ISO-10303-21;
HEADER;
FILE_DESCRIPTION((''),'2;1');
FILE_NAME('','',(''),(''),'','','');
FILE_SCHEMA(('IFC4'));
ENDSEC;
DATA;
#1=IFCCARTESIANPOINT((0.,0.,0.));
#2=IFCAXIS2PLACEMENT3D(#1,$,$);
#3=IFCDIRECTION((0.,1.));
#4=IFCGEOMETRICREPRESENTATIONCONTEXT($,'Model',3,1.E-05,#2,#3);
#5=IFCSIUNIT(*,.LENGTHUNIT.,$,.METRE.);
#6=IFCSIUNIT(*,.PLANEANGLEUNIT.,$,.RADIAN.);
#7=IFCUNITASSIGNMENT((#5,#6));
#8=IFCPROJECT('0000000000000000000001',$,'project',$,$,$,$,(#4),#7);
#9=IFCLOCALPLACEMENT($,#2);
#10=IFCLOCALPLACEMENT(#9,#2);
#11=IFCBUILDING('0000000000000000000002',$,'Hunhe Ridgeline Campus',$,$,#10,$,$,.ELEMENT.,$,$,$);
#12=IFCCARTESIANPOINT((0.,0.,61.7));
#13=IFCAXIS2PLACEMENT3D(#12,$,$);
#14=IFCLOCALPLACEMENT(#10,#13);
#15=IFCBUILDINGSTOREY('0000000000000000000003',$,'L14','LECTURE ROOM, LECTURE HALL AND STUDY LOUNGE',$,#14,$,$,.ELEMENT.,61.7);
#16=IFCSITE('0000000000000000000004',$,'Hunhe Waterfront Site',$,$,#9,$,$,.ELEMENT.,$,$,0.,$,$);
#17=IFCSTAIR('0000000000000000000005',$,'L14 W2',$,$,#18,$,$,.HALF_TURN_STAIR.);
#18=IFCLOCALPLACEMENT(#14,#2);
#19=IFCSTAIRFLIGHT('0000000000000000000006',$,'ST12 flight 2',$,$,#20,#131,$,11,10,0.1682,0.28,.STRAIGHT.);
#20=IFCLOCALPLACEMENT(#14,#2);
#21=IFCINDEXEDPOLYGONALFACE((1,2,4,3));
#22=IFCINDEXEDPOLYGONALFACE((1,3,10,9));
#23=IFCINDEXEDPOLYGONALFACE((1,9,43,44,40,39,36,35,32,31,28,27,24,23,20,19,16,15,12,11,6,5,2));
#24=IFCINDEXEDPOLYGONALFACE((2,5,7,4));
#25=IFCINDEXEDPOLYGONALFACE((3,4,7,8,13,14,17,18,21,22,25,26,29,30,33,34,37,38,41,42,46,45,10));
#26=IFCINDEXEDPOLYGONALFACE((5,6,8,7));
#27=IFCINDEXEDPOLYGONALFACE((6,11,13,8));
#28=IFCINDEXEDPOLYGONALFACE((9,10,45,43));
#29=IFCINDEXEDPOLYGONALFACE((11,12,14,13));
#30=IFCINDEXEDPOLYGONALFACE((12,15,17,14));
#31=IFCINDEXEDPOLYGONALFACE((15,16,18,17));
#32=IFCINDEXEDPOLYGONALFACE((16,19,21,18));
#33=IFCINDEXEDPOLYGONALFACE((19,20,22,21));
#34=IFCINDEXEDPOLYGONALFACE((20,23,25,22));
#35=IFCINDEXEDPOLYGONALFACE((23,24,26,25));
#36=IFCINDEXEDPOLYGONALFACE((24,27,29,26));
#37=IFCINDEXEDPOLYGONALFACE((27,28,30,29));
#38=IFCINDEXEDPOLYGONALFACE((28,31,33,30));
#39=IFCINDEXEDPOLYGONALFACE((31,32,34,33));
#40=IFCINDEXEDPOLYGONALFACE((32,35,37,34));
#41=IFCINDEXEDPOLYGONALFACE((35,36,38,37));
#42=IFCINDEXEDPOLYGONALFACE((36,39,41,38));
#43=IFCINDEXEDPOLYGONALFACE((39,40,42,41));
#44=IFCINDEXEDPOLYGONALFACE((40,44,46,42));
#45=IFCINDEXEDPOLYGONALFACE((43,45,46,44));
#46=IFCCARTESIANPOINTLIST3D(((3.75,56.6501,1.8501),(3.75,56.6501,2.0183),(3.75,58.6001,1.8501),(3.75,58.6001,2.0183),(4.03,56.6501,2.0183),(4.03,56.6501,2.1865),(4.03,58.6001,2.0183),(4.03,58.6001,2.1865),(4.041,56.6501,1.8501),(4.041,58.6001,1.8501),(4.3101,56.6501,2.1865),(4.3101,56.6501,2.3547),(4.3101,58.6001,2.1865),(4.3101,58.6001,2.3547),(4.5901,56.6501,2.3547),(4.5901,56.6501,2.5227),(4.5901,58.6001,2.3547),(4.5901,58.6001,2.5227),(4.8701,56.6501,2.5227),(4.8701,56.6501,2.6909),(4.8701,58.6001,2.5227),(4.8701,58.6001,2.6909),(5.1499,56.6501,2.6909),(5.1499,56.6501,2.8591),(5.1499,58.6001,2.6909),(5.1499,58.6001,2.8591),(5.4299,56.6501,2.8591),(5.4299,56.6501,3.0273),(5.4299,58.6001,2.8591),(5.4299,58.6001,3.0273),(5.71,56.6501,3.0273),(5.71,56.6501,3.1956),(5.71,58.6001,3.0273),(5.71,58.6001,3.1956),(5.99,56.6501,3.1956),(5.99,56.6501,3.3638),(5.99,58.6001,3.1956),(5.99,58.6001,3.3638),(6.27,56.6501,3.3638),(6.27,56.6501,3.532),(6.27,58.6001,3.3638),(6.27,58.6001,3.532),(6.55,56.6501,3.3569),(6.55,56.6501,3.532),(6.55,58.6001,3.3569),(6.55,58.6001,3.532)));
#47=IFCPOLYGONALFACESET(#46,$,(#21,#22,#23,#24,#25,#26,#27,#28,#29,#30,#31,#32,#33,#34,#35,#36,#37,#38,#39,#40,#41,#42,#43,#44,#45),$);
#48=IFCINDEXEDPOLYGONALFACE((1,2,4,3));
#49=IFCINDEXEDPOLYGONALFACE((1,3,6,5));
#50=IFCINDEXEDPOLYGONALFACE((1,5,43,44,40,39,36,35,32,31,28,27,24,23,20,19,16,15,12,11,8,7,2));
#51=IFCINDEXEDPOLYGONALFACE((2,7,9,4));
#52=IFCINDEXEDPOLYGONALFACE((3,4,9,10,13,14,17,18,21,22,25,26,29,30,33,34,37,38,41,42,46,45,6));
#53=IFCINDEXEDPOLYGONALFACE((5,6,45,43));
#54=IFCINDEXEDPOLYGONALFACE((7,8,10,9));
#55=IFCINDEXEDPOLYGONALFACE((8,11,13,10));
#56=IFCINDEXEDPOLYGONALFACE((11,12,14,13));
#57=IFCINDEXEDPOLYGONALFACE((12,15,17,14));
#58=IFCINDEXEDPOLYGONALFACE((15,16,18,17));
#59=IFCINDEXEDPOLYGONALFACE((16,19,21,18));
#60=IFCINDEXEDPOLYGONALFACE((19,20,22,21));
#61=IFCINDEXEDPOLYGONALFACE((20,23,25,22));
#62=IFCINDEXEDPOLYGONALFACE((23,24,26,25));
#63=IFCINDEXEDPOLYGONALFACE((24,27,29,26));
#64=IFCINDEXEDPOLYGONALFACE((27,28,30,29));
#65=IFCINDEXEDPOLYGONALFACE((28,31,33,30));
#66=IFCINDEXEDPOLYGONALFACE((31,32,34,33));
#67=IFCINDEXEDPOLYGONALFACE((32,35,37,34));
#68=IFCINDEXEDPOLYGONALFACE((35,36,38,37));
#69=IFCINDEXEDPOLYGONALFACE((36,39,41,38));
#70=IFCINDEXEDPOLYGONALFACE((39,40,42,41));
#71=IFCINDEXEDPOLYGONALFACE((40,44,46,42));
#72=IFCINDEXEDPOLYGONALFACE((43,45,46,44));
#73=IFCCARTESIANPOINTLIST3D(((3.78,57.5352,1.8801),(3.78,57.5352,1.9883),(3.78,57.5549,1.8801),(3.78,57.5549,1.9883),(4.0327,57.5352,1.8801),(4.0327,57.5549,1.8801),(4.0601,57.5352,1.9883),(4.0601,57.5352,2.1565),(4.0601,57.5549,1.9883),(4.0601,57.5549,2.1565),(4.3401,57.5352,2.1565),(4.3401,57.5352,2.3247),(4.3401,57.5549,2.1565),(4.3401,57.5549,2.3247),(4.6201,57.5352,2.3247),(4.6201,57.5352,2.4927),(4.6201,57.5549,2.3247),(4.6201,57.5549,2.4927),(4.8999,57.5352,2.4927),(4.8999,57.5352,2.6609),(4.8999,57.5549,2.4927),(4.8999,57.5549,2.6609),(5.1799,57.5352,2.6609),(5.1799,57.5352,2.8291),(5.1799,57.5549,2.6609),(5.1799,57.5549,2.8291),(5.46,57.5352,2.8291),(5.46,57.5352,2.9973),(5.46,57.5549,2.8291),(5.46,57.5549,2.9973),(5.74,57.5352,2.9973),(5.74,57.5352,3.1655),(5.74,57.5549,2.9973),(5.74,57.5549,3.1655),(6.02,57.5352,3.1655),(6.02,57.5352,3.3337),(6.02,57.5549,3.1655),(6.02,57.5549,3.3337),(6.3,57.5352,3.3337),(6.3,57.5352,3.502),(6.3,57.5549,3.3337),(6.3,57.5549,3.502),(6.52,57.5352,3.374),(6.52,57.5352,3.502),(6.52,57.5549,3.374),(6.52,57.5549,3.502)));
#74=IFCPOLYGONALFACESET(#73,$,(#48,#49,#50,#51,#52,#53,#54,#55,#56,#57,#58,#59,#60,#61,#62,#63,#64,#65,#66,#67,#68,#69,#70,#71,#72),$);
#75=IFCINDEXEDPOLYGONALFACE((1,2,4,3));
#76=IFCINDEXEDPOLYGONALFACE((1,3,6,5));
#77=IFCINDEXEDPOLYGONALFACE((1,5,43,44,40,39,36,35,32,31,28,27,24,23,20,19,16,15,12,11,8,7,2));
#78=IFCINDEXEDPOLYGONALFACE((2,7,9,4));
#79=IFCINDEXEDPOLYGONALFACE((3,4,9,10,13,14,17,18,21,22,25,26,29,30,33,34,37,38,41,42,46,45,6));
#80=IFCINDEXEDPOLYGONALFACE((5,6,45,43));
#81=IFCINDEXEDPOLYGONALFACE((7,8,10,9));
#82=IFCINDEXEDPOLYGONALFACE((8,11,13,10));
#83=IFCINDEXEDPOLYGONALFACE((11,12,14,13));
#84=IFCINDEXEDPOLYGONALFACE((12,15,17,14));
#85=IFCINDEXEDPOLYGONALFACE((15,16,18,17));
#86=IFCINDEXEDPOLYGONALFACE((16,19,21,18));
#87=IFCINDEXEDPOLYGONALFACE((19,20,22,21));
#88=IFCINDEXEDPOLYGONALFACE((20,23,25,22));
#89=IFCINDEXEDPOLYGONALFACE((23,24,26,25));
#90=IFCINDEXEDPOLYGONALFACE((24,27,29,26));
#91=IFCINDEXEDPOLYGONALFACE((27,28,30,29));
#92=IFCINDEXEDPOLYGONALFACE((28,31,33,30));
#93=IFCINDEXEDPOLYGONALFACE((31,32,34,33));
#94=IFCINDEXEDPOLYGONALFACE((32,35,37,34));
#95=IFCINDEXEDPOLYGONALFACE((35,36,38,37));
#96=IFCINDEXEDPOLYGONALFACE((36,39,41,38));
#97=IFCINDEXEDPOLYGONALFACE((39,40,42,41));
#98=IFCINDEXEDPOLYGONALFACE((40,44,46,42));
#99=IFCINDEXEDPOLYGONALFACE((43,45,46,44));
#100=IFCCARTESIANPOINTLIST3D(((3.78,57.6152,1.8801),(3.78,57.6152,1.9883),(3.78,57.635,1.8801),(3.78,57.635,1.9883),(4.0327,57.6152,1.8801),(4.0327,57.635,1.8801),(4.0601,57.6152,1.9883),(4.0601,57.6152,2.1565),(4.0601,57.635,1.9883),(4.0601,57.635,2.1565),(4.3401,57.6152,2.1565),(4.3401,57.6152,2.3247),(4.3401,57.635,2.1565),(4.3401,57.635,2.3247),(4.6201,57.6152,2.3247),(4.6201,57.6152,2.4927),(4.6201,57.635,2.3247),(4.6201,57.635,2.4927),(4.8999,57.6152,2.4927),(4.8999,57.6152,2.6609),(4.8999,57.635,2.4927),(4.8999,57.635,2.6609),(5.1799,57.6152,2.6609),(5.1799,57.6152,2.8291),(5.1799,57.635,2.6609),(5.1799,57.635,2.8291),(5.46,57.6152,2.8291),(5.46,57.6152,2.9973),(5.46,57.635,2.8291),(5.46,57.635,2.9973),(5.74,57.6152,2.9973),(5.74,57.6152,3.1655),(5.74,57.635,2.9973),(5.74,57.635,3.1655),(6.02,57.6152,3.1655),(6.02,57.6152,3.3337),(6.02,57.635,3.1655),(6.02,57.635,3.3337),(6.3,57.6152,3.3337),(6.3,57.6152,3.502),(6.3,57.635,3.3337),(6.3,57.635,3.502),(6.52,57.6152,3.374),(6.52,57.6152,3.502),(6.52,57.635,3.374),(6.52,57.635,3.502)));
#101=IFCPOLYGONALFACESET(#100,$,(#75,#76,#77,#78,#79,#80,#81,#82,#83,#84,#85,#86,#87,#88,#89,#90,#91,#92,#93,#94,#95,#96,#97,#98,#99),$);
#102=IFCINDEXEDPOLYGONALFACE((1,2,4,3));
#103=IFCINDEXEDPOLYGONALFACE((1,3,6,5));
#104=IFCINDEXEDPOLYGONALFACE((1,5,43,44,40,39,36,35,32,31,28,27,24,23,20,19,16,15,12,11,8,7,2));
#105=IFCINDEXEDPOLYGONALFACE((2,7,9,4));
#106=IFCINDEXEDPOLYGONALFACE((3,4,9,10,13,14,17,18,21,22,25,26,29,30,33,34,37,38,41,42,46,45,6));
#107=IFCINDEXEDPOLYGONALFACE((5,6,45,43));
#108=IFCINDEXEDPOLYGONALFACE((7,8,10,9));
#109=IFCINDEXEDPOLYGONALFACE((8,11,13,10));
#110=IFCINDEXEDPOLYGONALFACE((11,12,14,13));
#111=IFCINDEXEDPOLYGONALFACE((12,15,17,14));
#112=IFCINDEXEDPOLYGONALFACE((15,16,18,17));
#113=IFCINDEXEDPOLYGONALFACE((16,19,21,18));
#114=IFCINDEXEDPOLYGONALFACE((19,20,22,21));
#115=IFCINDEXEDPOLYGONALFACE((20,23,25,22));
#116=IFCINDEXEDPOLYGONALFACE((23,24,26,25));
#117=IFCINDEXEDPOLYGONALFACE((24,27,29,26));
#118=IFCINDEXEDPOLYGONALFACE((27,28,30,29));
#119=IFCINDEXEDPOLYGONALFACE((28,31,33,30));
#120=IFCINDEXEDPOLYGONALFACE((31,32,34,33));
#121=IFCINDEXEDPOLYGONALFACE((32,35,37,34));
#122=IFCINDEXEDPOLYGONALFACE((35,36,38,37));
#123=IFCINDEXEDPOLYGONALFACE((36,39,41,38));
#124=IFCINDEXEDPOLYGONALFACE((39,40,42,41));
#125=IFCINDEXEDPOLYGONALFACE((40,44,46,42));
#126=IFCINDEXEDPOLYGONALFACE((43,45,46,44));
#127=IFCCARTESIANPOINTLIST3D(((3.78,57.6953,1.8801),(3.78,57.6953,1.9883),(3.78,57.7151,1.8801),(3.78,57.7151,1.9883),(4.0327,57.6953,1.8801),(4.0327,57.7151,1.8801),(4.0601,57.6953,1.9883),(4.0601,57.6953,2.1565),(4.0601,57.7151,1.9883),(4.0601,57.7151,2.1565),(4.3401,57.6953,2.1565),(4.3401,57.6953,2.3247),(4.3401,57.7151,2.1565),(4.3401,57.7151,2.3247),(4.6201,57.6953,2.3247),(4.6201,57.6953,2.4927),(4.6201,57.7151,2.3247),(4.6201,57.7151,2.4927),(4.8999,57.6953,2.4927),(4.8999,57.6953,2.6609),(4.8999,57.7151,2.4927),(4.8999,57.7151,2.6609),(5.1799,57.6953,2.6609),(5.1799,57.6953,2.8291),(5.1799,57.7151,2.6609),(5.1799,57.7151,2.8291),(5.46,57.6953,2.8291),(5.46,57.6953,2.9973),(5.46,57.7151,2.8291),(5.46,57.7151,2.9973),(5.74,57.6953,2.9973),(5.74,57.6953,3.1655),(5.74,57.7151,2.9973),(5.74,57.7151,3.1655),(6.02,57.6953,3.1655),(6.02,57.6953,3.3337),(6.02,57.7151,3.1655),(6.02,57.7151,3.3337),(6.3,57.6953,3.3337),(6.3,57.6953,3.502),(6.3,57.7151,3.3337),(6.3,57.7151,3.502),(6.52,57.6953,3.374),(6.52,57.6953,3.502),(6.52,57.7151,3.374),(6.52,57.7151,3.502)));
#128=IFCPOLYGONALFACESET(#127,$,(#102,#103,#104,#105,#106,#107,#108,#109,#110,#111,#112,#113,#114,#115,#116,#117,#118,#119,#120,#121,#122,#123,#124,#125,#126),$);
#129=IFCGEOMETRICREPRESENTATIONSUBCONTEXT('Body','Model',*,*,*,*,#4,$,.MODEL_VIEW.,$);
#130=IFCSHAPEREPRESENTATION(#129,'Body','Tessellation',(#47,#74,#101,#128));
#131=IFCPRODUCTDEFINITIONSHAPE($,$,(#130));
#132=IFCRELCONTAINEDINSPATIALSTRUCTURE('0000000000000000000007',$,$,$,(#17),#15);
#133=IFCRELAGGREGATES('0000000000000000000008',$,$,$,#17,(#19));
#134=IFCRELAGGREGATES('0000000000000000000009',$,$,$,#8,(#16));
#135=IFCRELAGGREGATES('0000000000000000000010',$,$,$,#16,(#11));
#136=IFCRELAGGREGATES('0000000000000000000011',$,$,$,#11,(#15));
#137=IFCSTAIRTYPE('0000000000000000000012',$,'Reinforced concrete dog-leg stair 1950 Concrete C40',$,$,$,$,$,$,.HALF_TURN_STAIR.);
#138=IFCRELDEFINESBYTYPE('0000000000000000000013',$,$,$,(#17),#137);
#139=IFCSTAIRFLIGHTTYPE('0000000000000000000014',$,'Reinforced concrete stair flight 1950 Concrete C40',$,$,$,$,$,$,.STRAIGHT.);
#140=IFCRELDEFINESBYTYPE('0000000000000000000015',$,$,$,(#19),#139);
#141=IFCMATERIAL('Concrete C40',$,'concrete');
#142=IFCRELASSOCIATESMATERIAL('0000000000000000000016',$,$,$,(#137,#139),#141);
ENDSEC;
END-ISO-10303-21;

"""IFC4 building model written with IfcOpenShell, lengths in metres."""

from ifc_helpers import new_model, si_unit, direction, frame, origin, place, context, subcontext, project, spatial, polyline, outline, extrude, material, type_object, element, aggregate, save


model = new_model("IFC4")

# Units and contexts
model_context = context("Model", 3, precision=1e-05, world=origin(), true_north=direction((0.0, 1.0)))
body_context = subcontext(model_context, "Body", "Model", "MODEL_VIEW")
ifc_project = project(units=[si_unit("LENGTHUNIT", "METRE"), si_unit("PLANEANGLEUNIT", "RADIAN")], contexts=[model_context])

# Site, building, storey
site_placement = place(None, origin())
site = spatial("IfcSite", under=ifc_project, at=site_placement, Name="Hunhe Waterfront Site", CompositionType="ELEMENT", RefElevation=0.0)
building_placement = place(site_placement, origin())
building = spatial("IfcBuilding", under=site, at=building_placement, Name="Hunhe Ridgeline Campus", CompositionType="ELEMENT")
storey_placement = place(building_placement, frame((0.0, 0.0, 61.7)))
storey = spatial("IfcBuildingStorey", under=building, at=storey_placement, Name="L14", Description="LECTURE ROOM, LECTURE HALL AND STUDY LOUNGE", CompositionType="ELEMENT", Elevation=61.7)

# Stair, stair flight
ifc_material_1 = material(Name="Concrete C40", Category="concrete")
stair_type = type_object("IfcStairType", Name="Reinforced concrete dog-leg stair 1950 Concrete C40", PredefinedType="HALF_TURN_STAIR", material=ifc_material_1)
stair_placement = place(storey_placement, origin())
stair = element("IfcStair", 1, at=stair_placement, inside=storey, type_object=stair_type, Name="L14 W2", PredefinedType="HALF_TURN_STAIR")
stair_flight_type = type_object("IfcStairFlightType", Name="Reinforced concrete stair flight 1950 Concrete C40", PredefinedType="STRAIGHT", material=ifc_material_1)
stair_flight_1_placement = place(storey_placement, frame((3.75, 57.625, 1.8501), z_axis=(0.0, 0.0, 1.0), x_axis=(1.0, 0.0, 0.0)))
stair_flight_1 = element("IfcStairFlight", 2, at=stair_flight_1_placement, type_object=stair_flight_type, Name="ST12 flight 2", NumberOfRisers=11, NumberOfTreads=10, PredefinedType="STRAIGHT", RiserHeight=0.1682, TreadLength=0.28, context=body_context, shape_type="SweptSolid", body=[
    extrude(outline(polyline([(0.0, 0.0), (0.0, 0.1682), (0.28, 0.1682), (0.28, 0.3364), (0.5601, 0.3364), (0.5601, 0.5046), (0.8401, 0.5046), (0.8401, 0.6726), (1.1201, 0.6726), (1.1201, 0.8408), (1.3999, 0.8408), (1.3999, 1.009), (1.6799, 1.009), (1.6799, 1.1772), (1.96, 1.1772), (1.96, 1.3455), (2.24, 1.3455), (2.24, 1.5137), (2.52, 1.5137), (2.52, 1.6819), (2.8, 1.6819), (2.8, 1.8501), (2.8, 1.5068), (0.291, 0.0), (0.0, 0.0)])), frame((0.0, 0.9751, 0.0), z_axis=(0.0, -1.0, 0.0), x_axis=(1.0, 0.0, 0.0)), (0.0, 0.0, 1.0), 1.95),
    extrude(outline(polyline([(0.03, 0.03), (0.03, 0.1382), (0.3101, 0.1382), (0.3101, 0.3064), (0.5901, 0.3064), (0.5901, 0.4746), (0.8701, 0.4746), (0.8701, 0.6426), (1.1499, 0.6426), (1.1499, 0.8108), (1.4299, 0.8108), (1.4299, 0.979), (1.71, 0.979), (1.71, 1.1472), (1.99, 1.1472), (1.99, 1.3154), (2.27, 1.3154), (2.27, 1.4836), (2.55, 1.4836), (2.55, 1.6519), (2.77, 1.6519), (2.77, 1.5239), (0.2827, 0.03), (0.03, 0.03)])), frame((0.0, -0.0701, 0.0), z_axis=(0.0, -1.0, 0.0), x_axis=(1.0, 0.0, 0.0)), (0.0, 0.0, 1.0), 0.0198),
    extrude(outline(polyline([(0.03, 0.03), (0.03, 0.1382), (0.3101, 0.1382), (0.3101, 0.3064), (0.5901, 0.3064), (0.5901, 0.4746), (0.8701, 0.4746), (0.8701, 0.6426), (1.1499, 0.6426), (1.1499, 0.8108), (1.4299, 0.8108), (1.4299, 0.979), (1.71, 0.979), (1.71, 1.1472), (1.99, 1.1472), (1.99, 1.3154), (2.27, 1.3154), (2.27, 1.4836), (2.55, 1.4836), (2.55, 1.6519), (2.77, 1.6519), (2.77, 1.5239), (0.2827, 0.03), (0.03, 0.03)])), frame((0.0, 0.01, 0.0), z_axis=(0.0, -1.0, 0.0), x_axis=(1.0, 0.0, 0.0)), (0.0, 0.0, 1.0), 0.0198),
    extrude(outline(polyline([(0.03, 0.03), (0.03, 0.1382), (0.3101, 0.1382), (0.3101, 0.3064), (0.5901, 0.3064), (0.5901, 0.4746), (0.8701, 0.4746), (0.8701, 0.6426), (1.1499, 0.6426), (1.1499, 0.8108), (1.4299, 0.8108), (1.4299, 0.979), (1.71, 0.979), (1.71, 1.1472), (1.99, 1.1472), (1.99, 1.3154), (2.27, 1.3154), (2.27, 1.4836), (2.55, 1.4836), (2.55, 1.6519), (2.77, 1.6519), (2.77, 1.5239), (0.2827, 0.03), (0.03, 0.03)])), frame((0.0, 0.0901, 0.0), z_axis=(0.0, -1.0, 0.0), x_axis=(1.0, 0.0, 0.0)), (0.0, 0.0, 1.0), 0.0198),
])
aggregate(stair, [stair_flight_1])

save(model, "model.ifc")
